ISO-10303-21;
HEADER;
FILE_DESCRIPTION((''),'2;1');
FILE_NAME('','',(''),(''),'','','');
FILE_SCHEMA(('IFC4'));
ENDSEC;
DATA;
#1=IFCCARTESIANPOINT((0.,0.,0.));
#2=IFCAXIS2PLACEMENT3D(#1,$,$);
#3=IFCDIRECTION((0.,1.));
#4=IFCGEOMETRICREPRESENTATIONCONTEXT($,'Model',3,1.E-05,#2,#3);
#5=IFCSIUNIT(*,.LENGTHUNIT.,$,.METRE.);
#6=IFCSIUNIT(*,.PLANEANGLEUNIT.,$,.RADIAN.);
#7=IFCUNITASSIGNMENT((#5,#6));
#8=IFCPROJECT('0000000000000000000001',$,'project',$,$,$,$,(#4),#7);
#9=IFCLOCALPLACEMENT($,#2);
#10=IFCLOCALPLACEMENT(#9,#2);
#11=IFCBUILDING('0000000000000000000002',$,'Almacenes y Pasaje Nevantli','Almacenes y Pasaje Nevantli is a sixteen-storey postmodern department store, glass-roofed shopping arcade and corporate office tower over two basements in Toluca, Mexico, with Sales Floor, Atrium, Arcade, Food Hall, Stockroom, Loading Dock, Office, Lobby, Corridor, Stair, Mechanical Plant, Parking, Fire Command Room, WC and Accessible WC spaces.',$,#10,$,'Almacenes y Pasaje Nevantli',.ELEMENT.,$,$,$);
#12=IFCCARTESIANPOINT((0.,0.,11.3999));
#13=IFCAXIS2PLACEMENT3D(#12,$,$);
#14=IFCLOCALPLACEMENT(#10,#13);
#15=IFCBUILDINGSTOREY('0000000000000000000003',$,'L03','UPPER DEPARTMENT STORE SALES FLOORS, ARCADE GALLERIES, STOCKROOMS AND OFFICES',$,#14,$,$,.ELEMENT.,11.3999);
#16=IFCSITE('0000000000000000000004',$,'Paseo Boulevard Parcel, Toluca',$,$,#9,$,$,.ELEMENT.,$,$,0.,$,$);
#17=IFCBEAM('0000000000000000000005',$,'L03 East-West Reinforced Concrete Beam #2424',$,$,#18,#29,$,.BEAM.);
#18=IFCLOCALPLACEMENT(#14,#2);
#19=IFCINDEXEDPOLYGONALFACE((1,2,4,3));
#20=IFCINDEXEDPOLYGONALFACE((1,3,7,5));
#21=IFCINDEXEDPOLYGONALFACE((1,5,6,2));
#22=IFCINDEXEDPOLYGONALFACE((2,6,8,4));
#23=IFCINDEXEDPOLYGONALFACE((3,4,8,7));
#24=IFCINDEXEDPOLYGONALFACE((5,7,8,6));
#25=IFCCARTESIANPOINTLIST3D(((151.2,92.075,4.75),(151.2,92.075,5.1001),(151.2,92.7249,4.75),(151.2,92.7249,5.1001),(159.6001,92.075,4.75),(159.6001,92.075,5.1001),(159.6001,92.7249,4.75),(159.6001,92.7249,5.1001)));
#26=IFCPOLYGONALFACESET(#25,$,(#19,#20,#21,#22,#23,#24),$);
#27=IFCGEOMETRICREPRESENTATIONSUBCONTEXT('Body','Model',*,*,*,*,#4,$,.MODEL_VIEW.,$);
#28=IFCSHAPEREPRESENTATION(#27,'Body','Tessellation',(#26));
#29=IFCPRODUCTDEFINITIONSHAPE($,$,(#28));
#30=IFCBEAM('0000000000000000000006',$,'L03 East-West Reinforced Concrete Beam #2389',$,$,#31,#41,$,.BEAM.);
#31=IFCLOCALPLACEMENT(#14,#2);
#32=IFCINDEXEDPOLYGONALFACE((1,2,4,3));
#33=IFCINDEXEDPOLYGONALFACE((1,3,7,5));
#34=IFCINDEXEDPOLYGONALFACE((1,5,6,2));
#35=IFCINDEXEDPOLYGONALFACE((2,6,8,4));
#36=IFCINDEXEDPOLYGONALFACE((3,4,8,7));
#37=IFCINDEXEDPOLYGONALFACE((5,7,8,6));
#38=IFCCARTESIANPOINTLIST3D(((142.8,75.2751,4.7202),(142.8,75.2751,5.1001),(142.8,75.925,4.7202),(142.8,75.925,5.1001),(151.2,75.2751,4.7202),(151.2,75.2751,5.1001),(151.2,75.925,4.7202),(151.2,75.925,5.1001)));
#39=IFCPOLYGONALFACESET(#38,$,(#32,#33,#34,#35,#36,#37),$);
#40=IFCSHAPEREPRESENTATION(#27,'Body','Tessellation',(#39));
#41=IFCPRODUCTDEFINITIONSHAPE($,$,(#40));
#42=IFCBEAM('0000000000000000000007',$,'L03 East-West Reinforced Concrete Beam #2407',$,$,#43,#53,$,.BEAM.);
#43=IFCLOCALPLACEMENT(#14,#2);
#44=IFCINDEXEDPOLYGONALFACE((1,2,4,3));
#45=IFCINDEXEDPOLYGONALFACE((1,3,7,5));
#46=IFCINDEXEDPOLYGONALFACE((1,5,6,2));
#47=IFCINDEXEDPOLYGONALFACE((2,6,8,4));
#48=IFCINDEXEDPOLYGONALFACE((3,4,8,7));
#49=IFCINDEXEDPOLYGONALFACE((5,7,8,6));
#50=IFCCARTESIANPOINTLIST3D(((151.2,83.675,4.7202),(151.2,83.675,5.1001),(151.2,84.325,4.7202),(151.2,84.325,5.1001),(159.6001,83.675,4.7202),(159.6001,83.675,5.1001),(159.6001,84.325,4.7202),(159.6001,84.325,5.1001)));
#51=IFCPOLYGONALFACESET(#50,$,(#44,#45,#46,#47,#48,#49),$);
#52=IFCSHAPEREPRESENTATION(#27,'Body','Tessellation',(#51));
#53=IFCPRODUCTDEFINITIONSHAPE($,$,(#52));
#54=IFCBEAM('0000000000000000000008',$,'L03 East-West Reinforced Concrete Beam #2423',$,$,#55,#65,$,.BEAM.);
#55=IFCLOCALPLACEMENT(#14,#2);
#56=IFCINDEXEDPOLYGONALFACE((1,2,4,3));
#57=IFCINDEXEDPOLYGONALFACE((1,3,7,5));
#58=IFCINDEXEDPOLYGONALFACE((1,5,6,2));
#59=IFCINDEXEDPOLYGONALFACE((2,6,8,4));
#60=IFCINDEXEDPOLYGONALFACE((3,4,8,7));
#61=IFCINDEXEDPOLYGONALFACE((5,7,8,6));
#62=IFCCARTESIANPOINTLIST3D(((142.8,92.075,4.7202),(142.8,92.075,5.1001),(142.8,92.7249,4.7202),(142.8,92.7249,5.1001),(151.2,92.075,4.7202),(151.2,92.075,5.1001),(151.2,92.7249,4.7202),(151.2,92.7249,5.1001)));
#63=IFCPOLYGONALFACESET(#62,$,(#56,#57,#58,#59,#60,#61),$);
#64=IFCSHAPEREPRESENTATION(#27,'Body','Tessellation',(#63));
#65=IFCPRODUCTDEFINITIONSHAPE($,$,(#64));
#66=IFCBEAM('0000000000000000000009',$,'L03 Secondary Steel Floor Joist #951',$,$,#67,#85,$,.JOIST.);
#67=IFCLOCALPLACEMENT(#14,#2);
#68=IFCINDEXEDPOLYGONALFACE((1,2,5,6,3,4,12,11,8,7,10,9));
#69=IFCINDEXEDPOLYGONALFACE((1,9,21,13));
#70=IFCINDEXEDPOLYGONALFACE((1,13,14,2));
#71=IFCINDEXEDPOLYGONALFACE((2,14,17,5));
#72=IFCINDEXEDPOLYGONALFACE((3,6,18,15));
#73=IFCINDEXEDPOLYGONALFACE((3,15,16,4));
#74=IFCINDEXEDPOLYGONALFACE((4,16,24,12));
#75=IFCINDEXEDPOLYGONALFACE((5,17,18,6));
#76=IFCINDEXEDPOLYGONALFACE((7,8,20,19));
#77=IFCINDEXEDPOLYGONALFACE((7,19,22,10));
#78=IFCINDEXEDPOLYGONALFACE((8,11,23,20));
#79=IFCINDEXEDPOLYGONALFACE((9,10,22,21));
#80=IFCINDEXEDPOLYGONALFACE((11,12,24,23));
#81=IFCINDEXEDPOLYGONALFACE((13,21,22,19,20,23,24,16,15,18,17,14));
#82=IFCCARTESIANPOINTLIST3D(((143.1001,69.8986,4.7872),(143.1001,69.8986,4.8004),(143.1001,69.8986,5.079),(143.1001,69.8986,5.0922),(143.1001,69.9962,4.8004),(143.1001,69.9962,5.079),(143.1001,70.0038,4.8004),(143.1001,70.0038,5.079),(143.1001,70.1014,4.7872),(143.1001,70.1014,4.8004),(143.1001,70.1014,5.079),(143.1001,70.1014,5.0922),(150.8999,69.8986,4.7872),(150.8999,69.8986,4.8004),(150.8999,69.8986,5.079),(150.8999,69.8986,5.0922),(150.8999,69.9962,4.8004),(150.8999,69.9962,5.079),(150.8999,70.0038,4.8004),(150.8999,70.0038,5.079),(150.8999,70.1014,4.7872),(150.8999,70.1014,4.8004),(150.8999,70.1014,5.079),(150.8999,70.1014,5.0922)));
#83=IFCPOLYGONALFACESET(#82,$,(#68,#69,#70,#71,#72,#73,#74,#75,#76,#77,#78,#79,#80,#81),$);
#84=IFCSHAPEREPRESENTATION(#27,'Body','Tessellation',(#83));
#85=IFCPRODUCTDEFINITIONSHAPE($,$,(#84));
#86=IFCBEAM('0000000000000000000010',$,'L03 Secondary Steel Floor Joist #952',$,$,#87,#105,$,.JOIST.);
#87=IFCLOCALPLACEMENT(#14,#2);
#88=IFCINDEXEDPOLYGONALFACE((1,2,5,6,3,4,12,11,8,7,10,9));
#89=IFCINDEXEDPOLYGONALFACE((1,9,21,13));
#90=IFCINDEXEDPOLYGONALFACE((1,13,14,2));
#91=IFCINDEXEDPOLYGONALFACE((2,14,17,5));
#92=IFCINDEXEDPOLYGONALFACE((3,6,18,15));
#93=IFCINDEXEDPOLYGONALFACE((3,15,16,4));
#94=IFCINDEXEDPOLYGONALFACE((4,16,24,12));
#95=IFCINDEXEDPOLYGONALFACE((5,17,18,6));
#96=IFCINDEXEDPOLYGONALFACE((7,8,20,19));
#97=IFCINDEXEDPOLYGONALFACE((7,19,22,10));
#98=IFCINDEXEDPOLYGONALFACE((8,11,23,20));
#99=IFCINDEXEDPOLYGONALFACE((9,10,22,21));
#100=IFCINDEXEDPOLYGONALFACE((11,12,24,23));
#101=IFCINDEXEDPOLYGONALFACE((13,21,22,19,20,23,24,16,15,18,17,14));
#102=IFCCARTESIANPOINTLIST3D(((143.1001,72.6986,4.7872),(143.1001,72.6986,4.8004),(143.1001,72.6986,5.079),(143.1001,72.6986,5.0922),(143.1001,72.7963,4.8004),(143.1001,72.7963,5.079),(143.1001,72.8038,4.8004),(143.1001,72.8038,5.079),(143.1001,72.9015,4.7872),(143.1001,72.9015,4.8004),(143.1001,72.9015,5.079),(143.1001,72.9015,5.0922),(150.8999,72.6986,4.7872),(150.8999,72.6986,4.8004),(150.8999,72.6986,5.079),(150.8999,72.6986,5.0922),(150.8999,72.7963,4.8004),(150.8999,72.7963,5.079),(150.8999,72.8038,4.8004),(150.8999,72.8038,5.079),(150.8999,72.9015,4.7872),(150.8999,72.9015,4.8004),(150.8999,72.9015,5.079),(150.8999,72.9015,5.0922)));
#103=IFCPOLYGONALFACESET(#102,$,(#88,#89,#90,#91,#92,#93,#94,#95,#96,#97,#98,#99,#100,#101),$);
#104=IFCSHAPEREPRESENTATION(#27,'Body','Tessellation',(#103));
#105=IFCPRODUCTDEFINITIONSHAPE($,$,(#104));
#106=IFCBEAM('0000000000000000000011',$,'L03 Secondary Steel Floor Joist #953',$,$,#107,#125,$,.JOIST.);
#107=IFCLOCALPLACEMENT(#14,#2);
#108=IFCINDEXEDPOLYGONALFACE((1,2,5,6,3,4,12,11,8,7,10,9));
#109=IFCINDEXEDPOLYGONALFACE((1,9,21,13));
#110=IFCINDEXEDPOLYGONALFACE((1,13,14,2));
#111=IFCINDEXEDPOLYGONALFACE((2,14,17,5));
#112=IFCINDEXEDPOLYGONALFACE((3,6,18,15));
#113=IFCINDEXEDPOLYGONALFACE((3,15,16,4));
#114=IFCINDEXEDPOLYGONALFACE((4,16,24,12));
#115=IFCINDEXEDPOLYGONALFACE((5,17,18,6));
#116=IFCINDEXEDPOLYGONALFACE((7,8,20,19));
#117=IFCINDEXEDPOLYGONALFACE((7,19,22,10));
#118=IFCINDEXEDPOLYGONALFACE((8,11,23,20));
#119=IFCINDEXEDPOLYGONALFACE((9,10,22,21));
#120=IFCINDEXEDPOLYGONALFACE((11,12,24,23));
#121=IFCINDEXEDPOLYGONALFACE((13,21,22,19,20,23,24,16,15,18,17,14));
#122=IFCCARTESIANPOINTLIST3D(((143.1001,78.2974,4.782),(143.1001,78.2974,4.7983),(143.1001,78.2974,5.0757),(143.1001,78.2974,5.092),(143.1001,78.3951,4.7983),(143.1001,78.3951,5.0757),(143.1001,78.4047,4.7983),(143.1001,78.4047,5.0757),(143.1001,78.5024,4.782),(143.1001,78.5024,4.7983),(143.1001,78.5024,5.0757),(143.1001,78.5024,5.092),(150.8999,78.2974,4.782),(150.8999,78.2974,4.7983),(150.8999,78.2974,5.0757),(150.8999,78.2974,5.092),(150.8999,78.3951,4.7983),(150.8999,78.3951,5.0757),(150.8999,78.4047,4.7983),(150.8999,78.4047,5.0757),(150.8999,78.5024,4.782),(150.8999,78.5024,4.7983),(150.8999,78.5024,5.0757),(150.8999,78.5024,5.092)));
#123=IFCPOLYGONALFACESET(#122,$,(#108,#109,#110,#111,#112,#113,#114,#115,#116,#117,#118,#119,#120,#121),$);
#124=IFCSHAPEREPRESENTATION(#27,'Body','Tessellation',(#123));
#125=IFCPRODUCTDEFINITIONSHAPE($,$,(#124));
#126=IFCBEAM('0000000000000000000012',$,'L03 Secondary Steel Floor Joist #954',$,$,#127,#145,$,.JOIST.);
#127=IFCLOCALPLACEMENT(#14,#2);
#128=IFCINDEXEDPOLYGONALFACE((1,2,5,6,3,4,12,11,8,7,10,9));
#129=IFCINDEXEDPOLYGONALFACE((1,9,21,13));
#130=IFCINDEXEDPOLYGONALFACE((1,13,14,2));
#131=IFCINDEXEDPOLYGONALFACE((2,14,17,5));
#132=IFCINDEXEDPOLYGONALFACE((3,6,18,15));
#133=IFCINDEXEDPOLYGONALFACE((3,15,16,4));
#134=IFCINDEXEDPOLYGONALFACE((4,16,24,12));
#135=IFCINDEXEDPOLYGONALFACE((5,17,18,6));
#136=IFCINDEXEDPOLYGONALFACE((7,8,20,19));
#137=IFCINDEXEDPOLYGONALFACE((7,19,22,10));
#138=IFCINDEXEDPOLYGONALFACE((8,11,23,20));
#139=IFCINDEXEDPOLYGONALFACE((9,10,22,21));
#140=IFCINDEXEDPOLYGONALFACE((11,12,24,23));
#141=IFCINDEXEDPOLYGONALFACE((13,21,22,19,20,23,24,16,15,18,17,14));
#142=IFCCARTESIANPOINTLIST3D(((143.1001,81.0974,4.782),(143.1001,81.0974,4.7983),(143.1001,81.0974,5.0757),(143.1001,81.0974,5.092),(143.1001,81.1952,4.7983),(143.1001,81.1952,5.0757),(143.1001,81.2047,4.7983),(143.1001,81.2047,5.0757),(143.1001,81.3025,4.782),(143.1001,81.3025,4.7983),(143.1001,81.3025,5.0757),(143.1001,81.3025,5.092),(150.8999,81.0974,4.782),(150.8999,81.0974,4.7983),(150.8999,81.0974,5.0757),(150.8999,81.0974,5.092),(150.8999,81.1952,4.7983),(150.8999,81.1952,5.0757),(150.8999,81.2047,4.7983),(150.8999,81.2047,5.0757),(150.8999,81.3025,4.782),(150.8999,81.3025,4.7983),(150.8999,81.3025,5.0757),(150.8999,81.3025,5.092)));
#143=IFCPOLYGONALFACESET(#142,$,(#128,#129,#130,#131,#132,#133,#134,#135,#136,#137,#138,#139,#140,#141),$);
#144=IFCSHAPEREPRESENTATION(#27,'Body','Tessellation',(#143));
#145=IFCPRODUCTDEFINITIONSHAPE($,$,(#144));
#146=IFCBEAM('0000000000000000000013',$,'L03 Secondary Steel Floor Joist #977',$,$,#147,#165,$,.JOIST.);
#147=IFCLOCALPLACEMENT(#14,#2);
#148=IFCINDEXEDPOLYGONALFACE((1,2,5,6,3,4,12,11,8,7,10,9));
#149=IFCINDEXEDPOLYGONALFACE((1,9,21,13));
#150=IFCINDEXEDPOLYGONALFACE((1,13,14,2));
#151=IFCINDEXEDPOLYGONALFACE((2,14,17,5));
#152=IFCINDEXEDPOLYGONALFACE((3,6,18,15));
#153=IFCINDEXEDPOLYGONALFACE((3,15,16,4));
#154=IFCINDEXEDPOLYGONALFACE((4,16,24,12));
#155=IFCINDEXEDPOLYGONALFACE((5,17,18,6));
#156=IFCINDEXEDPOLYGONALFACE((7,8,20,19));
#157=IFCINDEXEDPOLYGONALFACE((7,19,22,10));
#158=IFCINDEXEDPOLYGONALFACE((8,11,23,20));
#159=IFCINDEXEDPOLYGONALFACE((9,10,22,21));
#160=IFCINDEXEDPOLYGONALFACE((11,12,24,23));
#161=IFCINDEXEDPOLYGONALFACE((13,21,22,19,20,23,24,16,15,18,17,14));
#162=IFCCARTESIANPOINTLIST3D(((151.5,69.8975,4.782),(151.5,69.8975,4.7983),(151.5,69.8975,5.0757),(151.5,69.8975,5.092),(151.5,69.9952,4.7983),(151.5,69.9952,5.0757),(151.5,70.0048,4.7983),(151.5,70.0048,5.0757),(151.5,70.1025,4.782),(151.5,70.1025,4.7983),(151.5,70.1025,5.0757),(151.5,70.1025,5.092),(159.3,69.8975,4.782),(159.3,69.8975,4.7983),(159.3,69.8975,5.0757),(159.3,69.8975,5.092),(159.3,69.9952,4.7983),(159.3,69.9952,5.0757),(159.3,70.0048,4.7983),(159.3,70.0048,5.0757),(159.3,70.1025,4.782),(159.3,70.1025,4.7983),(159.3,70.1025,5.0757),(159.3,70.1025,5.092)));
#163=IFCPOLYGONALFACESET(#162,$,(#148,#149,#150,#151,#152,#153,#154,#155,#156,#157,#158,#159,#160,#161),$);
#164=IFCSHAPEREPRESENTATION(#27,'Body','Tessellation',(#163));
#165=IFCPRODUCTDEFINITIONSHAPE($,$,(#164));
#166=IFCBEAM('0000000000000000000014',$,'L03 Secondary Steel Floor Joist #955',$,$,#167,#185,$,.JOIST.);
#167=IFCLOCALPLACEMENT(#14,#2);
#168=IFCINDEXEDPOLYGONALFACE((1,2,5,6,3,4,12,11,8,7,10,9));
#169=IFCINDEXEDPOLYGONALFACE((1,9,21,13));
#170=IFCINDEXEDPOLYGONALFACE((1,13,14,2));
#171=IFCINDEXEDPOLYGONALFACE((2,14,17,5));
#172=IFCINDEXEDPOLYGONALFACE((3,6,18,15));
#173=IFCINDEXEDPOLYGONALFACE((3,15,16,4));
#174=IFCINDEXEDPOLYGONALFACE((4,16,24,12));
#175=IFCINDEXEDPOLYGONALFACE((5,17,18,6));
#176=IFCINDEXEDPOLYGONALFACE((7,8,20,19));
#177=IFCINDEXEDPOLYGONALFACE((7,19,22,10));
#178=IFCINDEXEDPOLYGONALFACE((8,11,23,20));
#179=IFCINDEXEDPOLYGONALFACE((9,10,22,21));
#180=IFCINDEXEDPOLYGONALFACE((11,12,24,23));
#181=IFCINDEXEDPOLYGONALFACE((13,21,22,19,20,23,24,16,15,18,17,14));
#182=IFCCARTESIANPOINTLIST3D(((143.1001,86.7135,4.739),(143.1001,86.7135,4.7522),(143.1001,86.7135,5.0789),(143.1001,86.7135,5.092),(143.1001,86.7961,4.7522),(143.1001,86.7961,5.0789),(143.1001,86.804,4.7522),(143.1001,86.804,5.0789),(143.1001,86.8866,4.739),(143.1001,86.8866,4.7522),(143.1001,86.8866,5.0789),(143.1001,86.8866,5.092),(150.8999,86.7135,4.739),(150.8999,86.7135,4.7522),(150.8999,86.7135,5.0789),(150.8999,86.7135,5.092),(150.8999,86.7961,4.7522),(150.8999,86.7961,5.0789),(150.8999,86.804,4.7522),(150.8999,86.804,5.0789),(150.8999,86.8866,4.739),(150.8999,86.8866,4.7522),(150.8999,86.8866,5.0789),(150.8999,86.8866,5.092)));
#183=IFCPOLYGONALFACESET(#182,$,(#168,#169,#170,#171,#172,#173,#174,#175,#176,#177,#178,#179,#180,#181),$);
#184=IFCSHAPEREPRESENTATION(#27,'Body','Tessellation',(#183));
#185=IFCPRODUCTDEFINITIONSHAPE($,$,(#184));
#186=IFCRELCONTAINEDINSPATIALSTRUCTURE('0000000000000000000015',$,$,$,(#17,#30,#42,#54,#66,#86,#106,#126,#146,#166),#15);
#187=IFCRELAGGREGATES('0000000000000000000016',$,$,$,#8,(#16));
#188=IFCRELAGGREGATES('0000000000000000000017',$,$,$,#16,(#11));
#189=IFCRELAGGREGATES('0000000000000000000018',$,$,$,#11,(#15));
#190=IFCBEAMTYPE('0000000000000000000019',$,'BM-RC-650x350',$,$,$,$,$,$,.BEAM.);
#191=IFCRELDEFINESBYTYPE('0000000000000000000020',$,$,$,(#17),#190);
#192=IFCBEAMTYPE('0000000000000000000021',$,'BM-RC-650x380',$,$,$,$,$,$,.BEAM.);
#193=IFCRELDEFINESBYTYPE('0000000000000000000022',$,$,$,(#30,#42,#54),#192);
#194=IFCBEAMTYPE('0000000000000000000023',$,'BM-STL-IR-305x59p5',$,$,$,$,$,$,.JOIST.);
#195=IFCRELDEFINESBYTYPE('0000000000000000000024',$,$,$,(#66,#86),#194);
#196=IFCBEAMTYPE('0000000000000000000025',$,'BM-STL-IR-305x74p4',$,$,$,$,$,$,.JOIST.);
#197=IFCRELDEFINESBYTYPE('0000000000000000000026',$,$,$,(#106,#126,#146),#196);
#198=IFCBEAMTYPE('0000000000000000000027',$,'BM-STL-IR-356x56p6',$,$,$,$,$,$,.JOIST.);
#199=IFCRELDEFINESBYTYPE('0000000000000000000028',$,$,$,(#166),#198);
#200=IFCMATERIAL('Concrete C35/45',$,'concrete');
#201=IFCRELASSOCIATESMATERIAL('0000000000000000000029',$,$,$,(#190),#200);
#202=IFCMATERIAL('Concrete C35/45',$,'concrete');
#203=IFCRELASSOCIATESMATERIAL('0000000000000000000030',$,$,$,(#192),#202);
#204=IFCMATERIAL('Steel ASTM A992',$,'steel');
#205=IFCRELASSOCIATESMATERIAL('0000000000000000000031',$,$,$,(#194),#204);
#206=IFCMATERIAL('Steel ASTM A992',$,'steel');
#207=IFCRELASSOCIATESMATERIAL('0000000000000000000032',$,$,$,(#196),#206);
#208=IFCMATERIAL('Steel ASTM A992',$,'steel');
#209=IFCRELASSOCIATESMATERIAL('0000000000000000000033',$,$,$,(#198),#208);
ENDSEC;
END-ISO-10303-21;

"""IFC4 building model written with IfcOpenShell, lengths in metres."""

from ifc_helpers import new_model, si_unit, direction, frame, origin, origin_2d, place, context, subcontext, project, spatial, rectangle, i_section, extrude, material, material_profile, profile_set, type_object, element, save


model = new_model("IFC4")

# Units and contexts
model_context = context("Model", 3, precision=1e-05, world=origin(), true_north=direction((0.0, 1.0)))
body_context = subcontext(model_context, "Body", "Model", "MODEL_VIEW")
ifc_project = project(units=[si_unit("LENGTHUNIT", "METRE"), si_unit("PLANEANGLEUNIT", "RADIAN")], contexts=[model_context])

# Site, building, storey
site_placement = place(None, origin())
site = spatial("IfcSite", under=ifc_project, at=site_placement, Name="Paseo Boulevard Parcel, Toluca", CompositionType="ELEMENT", RefElevation=0.0)
building_placement = place(site_placement, origin())
building = spatial("IfcBuilding", under=site, at=building_placement, Name="Almacenes y Pasaje Nevantli", Description="Almacenes y Pasaje Nevantli is a sixteen-storey postmodern department store, glass-roofed shopping arcade and corporate office tower over two basements in Toluca, Mexico, with Sales Floor, Atrium, Arcade, Food Hall, Stockroom, Loading Dock, Office, Lobby, Corridor, Stair, Mechanical Plant, Parking, Fire Command Room, WC and Accessible WC spaces.", LongName="Almacenes y Pasaje Nevantli", CompositionType="ELEMENT")
storey_placement = place(building_placement, frame((0.0, 0.0, 11.3999)))
storey = spatial("IfcBuildingStorey", under=building, at=storey_placement, Name="L03", Description="UPPER DEPARTMENT STORE SALES FLOORS, ARCADE GALLERIES, STOCKROOMS AND OFFICES", CompositionType="ELEMENT", Elevation=11.3999)

# Beams
ifc_material_1 = material(Name="Concrete C35/45", Category="concrete")
ifc_material_profile_1 = material_profile(ifc_material_1, rectangle(XDim=0.6499, YDim=0.3501, at=origin_2d()), Name="RC-BM-650x350")
ifc_profile_set_1 = profile_set([ifc_material_profile_1], Name="Concrete C35/45")
beam_type_1 = type_object("IfcBeamType", Name="BM-RC-650x350", PredefinedType="BEAM", material=ifc_profile_set_1)
beam_1_placement = place(storey_placement, frame((151.2, 92.3999, 4.925), z_axis=(1.0, 0.0, 0.0), x_axis=(0.0, 1.0, 0.0)))
element("IfcBeam", 1, at=beam_1_placement, inside=storey, type_object=beam_type_1, Name="L03 East-West Reinforced Concrete Beam #2424", PredefinedType="BEAM", context=body_context, shape_type="SweptSolid", body=[
    extrude(rectangle(XDim=0.6499, YDim=0.3501, at=origin_2d()), origin(), (0.0, 0.0, 1.0), 8.4001),
])
ifc_material_2 = material(Name="Concrete C35/45", Category="concrete")
ifc_material_profile_2 = material_profile(ifc_material_2, rectangle(XDim=0.6499, YDim=0.3799, at=origin_2d()), Name="RC-BM-650x380")
ifc_profile_set_2 = profile_set([ifc_material_profile_2], Name="Concrete C35/45")
beam_type_2 = type_object("IfcBeamType", Name="BM-RC-650x380", PredefinedType="BEAM", material=ifc_profile_set_2)
beam_2_placement = place(storey_placement, frame((142.8, 75.6001, 4.9102), z_axis=(1.0, 0.0, 0.0), x_axis=(0.0, 1.0, 0.0)))
element("IfcBeam", 2, at=beam_2_placement, inside=storey, type_object=beam_type_2, Name="L03 East-West Reinforced Concrete Beam #2389", PredefinedType="BEAM", context=body_context, shape_type="SweptSolid", body=[
    extrude(rectangle(XDim=0.6499, YDim=0.3799, at=origin_2d()), origin(), (0.0, 0.0, 1.0), 8.3999),
])
beam_3_placement = place(storey_placement, frame((151.2, 84.0, 4.9102), z_axis=(1.0, 0.0, 0.0), x_axis=(0.0, 1.0, 0.0)))
element("IfcBeam", 3, at=beam_3_placement, inside=storey, type_object=beam_type_2, Name="L03 East-West Reinforced Concrete Beam #2407", PredefinedType="BEAM", context=body_context, shape_type="SweptSolid", body=[
    extrude(rectangle(XDim=0.6499, YDim=0.3799, at=origin_2d()), origin(), (0.0, 0.0, 1.0), 8.4001),
])
beam_4_placement = place(storey_placement, frame((142.8, 92.3999, 4.9102), z_axis=(1.0, 0.0, 0.0), x_axis=(0.0, 1.0, 0.0)))
element("IfcBeam", 4, at=beam_4_placement, inside=storey, type_object=beam_type_2, Name="L03 East-West Reinforced Concrete Beam #2423", PredefinedType="BEAM", context=body_context, shape_type="SweptSolid", body=[
    extrude(rectangle(XDim=0.6499, YDim=0.3799, at=origin_2d()), origin(), (0.0, 0.0, 1.0), 8.3999),
])
ifc_material_3 = material(Name="Steel ASTM A992", Category="steel")
ifc_material_profile_3 = material_profile(ifc_material_3, i_section(OverallWidth=0.2029, OverallDepth=0.3049, WebThickness=0.0076, FlangeThickness=0.0132, at=origin_2d()), Name="IR 305x59.5")
ifc_profile_set_3 = profile_set([ifc_material_profile_3], Name="Steel ASTM A992")
beam_type_3 = type_object("IfcBeamType", Name="BM-STL-IR-305x59p5", PredefinedType="JOIST", material=ifc_profile_set_3)
for number, where, z_axis, x_axis, name in (
    (5, (143.1001, 70.0, 4.9397), (1.0, 0.0, 0.0), (0.0, 1.0, 0.0), "L03 Secondary Steel Floor Joist #951"),
    (6, (143.1001, 72.8, 4.9397), (1.0, 0.0, 0.0), (0.0, 1.0, 0.0), "L03 Secondary Steel Floor Joist #952"),
):
    element("IfcBeam", number, at=place(storey_placement, frame(where, z_axis=z_axis, x_axis=x_axis)), inside=storey, type_object=beam_type_3, Name=name, PredefinedType="JOIST", context=body_context, shape_type="SweptSolid", body=[
        extrude(i_section(OverallWidth=0.2029, OverallDepth=0.3049, WebThickness=0.0076, FlangeThickness=0.0132, at=origin_2d()), origin(), (0.0, 0.0, 1.0), 7.7998),
    ])
ifc_material_4 = material(Name="Steel ASTM A992", Category="steel")
ifc_material_profile_4 = material_profile(ifc_material_4, i_section(OverallWidth=0.2051, OverallDepth=0.3101, WebThickness=0.0095, FlangeThickness=0.0164, at=origin_2d()), Name="IR 305x74.4")
ifc_profile_set_4 = profile_set([ifc_material_profile_4], Name="Steel ASTM A992")
beam_type_4 = type_object("IfcBeamType", Name="BM-STL-IR-305x74p4", PredefinedType="JOIST", material=ifc_profile_set_4)
for number, where, z_axis, x_axis, name in (
    (7, (143.1001, 78.3999, 4.937), (1.0, 0.0, 0.0), (0.0, 1.0, 0.0), "L03 Secondary Steel Floor Joist #953"),
    (8, (143.1001, 81.2, 4.937), (1.0, 0.0, 0.0), (0.0, 1.0, 0.0), "L03 Secondary Steel Floor Joist #954"),
):
    element("IfcBeam", number, at=place(storey_placement, frame(where, z_axis=z_axis, x_axis=x_axis)), inside=storey, type_object=beam_type_4, Name=name, PredefinedType="JOIST", context=body_context, shape_type="SweptSolid", body=[
        extrude(i_section(OverallWidth=0.2051, OverallDepth=0.3101, WebThickness=0.0095, FlangeThickness=0.0164, at=origin_2d()), origin(), (0.0, 0.0, 1.0), 7.7998),
    ])
beam_5_placement = place(storey_placement, frame((151.5, 70.0, 4.937), z_axis=(1.0, 0.0, 0.0), x_axis=(0.0, 1.0, 0.0)))
element("IfcBeam", 9, at=beam_5_placement, inside=storey, type_object=beam_type_4, Name="L03 Secondary Steel Floor Joist #977", PredefinedType="JOIST", context=body_context, shape_type="SweptSolid", body=[
    extrude(i_section(OverallWidth=0.2051, OverallDepth=0.3101, WebThickness=0.0095, FlangeThickness=0.0164, at=origin_2d()), origin(), (0.0, 0.0, 1.0), 7.8),
])
ifc_material_5 = material(Name="Steel ASTM A992", Category="steel")
ifc_material_profile_5 = material_profile(ifc_material_5, i_section(OverallWidth=0.1731, OverallDepth=0.353, WebThickness=0.0078, FlangeThickness=0.0132, at=origin_2d()), Name="IR 356x56.6")
ifc_profile_set_5 = profile_set([ifc_material_profile_5], Name="Steel ASTM A992")
beam_type_5 = type_object("IfcBeamType", Name="BM-STL-IR-356x56p6", PredefinedType="JOIST", material=ifc_profile_set_5)
for number, where, z_axis, x_axis, name in (
    (10, (143.1001, 86.8, 4.9155), (1.0, 0.0, 0.0), (0.0, 1.0, 0.0), "L03 Secondary Steel Floor Joist #955"),
):
    element("IfcBeam", number, at=place(storey_placement, frame(where, z_axis=z_axis, x_axis=x_axis)), inside=storey, type_object=beam_type_5, Name=name, PredefinedType="JOIST", context=body_context, shape_type="SweptSolid", body=[
        extrude(i_section(OverallWidth=0.1731, OverallDepth=0.353, WebThickness=0.0078, FlangeThickness=0.0132, at=origin_2d()), origin(), (0.0, 0.0, 1.0), 7.7998),
    ])

save(model, "model.ifc")
